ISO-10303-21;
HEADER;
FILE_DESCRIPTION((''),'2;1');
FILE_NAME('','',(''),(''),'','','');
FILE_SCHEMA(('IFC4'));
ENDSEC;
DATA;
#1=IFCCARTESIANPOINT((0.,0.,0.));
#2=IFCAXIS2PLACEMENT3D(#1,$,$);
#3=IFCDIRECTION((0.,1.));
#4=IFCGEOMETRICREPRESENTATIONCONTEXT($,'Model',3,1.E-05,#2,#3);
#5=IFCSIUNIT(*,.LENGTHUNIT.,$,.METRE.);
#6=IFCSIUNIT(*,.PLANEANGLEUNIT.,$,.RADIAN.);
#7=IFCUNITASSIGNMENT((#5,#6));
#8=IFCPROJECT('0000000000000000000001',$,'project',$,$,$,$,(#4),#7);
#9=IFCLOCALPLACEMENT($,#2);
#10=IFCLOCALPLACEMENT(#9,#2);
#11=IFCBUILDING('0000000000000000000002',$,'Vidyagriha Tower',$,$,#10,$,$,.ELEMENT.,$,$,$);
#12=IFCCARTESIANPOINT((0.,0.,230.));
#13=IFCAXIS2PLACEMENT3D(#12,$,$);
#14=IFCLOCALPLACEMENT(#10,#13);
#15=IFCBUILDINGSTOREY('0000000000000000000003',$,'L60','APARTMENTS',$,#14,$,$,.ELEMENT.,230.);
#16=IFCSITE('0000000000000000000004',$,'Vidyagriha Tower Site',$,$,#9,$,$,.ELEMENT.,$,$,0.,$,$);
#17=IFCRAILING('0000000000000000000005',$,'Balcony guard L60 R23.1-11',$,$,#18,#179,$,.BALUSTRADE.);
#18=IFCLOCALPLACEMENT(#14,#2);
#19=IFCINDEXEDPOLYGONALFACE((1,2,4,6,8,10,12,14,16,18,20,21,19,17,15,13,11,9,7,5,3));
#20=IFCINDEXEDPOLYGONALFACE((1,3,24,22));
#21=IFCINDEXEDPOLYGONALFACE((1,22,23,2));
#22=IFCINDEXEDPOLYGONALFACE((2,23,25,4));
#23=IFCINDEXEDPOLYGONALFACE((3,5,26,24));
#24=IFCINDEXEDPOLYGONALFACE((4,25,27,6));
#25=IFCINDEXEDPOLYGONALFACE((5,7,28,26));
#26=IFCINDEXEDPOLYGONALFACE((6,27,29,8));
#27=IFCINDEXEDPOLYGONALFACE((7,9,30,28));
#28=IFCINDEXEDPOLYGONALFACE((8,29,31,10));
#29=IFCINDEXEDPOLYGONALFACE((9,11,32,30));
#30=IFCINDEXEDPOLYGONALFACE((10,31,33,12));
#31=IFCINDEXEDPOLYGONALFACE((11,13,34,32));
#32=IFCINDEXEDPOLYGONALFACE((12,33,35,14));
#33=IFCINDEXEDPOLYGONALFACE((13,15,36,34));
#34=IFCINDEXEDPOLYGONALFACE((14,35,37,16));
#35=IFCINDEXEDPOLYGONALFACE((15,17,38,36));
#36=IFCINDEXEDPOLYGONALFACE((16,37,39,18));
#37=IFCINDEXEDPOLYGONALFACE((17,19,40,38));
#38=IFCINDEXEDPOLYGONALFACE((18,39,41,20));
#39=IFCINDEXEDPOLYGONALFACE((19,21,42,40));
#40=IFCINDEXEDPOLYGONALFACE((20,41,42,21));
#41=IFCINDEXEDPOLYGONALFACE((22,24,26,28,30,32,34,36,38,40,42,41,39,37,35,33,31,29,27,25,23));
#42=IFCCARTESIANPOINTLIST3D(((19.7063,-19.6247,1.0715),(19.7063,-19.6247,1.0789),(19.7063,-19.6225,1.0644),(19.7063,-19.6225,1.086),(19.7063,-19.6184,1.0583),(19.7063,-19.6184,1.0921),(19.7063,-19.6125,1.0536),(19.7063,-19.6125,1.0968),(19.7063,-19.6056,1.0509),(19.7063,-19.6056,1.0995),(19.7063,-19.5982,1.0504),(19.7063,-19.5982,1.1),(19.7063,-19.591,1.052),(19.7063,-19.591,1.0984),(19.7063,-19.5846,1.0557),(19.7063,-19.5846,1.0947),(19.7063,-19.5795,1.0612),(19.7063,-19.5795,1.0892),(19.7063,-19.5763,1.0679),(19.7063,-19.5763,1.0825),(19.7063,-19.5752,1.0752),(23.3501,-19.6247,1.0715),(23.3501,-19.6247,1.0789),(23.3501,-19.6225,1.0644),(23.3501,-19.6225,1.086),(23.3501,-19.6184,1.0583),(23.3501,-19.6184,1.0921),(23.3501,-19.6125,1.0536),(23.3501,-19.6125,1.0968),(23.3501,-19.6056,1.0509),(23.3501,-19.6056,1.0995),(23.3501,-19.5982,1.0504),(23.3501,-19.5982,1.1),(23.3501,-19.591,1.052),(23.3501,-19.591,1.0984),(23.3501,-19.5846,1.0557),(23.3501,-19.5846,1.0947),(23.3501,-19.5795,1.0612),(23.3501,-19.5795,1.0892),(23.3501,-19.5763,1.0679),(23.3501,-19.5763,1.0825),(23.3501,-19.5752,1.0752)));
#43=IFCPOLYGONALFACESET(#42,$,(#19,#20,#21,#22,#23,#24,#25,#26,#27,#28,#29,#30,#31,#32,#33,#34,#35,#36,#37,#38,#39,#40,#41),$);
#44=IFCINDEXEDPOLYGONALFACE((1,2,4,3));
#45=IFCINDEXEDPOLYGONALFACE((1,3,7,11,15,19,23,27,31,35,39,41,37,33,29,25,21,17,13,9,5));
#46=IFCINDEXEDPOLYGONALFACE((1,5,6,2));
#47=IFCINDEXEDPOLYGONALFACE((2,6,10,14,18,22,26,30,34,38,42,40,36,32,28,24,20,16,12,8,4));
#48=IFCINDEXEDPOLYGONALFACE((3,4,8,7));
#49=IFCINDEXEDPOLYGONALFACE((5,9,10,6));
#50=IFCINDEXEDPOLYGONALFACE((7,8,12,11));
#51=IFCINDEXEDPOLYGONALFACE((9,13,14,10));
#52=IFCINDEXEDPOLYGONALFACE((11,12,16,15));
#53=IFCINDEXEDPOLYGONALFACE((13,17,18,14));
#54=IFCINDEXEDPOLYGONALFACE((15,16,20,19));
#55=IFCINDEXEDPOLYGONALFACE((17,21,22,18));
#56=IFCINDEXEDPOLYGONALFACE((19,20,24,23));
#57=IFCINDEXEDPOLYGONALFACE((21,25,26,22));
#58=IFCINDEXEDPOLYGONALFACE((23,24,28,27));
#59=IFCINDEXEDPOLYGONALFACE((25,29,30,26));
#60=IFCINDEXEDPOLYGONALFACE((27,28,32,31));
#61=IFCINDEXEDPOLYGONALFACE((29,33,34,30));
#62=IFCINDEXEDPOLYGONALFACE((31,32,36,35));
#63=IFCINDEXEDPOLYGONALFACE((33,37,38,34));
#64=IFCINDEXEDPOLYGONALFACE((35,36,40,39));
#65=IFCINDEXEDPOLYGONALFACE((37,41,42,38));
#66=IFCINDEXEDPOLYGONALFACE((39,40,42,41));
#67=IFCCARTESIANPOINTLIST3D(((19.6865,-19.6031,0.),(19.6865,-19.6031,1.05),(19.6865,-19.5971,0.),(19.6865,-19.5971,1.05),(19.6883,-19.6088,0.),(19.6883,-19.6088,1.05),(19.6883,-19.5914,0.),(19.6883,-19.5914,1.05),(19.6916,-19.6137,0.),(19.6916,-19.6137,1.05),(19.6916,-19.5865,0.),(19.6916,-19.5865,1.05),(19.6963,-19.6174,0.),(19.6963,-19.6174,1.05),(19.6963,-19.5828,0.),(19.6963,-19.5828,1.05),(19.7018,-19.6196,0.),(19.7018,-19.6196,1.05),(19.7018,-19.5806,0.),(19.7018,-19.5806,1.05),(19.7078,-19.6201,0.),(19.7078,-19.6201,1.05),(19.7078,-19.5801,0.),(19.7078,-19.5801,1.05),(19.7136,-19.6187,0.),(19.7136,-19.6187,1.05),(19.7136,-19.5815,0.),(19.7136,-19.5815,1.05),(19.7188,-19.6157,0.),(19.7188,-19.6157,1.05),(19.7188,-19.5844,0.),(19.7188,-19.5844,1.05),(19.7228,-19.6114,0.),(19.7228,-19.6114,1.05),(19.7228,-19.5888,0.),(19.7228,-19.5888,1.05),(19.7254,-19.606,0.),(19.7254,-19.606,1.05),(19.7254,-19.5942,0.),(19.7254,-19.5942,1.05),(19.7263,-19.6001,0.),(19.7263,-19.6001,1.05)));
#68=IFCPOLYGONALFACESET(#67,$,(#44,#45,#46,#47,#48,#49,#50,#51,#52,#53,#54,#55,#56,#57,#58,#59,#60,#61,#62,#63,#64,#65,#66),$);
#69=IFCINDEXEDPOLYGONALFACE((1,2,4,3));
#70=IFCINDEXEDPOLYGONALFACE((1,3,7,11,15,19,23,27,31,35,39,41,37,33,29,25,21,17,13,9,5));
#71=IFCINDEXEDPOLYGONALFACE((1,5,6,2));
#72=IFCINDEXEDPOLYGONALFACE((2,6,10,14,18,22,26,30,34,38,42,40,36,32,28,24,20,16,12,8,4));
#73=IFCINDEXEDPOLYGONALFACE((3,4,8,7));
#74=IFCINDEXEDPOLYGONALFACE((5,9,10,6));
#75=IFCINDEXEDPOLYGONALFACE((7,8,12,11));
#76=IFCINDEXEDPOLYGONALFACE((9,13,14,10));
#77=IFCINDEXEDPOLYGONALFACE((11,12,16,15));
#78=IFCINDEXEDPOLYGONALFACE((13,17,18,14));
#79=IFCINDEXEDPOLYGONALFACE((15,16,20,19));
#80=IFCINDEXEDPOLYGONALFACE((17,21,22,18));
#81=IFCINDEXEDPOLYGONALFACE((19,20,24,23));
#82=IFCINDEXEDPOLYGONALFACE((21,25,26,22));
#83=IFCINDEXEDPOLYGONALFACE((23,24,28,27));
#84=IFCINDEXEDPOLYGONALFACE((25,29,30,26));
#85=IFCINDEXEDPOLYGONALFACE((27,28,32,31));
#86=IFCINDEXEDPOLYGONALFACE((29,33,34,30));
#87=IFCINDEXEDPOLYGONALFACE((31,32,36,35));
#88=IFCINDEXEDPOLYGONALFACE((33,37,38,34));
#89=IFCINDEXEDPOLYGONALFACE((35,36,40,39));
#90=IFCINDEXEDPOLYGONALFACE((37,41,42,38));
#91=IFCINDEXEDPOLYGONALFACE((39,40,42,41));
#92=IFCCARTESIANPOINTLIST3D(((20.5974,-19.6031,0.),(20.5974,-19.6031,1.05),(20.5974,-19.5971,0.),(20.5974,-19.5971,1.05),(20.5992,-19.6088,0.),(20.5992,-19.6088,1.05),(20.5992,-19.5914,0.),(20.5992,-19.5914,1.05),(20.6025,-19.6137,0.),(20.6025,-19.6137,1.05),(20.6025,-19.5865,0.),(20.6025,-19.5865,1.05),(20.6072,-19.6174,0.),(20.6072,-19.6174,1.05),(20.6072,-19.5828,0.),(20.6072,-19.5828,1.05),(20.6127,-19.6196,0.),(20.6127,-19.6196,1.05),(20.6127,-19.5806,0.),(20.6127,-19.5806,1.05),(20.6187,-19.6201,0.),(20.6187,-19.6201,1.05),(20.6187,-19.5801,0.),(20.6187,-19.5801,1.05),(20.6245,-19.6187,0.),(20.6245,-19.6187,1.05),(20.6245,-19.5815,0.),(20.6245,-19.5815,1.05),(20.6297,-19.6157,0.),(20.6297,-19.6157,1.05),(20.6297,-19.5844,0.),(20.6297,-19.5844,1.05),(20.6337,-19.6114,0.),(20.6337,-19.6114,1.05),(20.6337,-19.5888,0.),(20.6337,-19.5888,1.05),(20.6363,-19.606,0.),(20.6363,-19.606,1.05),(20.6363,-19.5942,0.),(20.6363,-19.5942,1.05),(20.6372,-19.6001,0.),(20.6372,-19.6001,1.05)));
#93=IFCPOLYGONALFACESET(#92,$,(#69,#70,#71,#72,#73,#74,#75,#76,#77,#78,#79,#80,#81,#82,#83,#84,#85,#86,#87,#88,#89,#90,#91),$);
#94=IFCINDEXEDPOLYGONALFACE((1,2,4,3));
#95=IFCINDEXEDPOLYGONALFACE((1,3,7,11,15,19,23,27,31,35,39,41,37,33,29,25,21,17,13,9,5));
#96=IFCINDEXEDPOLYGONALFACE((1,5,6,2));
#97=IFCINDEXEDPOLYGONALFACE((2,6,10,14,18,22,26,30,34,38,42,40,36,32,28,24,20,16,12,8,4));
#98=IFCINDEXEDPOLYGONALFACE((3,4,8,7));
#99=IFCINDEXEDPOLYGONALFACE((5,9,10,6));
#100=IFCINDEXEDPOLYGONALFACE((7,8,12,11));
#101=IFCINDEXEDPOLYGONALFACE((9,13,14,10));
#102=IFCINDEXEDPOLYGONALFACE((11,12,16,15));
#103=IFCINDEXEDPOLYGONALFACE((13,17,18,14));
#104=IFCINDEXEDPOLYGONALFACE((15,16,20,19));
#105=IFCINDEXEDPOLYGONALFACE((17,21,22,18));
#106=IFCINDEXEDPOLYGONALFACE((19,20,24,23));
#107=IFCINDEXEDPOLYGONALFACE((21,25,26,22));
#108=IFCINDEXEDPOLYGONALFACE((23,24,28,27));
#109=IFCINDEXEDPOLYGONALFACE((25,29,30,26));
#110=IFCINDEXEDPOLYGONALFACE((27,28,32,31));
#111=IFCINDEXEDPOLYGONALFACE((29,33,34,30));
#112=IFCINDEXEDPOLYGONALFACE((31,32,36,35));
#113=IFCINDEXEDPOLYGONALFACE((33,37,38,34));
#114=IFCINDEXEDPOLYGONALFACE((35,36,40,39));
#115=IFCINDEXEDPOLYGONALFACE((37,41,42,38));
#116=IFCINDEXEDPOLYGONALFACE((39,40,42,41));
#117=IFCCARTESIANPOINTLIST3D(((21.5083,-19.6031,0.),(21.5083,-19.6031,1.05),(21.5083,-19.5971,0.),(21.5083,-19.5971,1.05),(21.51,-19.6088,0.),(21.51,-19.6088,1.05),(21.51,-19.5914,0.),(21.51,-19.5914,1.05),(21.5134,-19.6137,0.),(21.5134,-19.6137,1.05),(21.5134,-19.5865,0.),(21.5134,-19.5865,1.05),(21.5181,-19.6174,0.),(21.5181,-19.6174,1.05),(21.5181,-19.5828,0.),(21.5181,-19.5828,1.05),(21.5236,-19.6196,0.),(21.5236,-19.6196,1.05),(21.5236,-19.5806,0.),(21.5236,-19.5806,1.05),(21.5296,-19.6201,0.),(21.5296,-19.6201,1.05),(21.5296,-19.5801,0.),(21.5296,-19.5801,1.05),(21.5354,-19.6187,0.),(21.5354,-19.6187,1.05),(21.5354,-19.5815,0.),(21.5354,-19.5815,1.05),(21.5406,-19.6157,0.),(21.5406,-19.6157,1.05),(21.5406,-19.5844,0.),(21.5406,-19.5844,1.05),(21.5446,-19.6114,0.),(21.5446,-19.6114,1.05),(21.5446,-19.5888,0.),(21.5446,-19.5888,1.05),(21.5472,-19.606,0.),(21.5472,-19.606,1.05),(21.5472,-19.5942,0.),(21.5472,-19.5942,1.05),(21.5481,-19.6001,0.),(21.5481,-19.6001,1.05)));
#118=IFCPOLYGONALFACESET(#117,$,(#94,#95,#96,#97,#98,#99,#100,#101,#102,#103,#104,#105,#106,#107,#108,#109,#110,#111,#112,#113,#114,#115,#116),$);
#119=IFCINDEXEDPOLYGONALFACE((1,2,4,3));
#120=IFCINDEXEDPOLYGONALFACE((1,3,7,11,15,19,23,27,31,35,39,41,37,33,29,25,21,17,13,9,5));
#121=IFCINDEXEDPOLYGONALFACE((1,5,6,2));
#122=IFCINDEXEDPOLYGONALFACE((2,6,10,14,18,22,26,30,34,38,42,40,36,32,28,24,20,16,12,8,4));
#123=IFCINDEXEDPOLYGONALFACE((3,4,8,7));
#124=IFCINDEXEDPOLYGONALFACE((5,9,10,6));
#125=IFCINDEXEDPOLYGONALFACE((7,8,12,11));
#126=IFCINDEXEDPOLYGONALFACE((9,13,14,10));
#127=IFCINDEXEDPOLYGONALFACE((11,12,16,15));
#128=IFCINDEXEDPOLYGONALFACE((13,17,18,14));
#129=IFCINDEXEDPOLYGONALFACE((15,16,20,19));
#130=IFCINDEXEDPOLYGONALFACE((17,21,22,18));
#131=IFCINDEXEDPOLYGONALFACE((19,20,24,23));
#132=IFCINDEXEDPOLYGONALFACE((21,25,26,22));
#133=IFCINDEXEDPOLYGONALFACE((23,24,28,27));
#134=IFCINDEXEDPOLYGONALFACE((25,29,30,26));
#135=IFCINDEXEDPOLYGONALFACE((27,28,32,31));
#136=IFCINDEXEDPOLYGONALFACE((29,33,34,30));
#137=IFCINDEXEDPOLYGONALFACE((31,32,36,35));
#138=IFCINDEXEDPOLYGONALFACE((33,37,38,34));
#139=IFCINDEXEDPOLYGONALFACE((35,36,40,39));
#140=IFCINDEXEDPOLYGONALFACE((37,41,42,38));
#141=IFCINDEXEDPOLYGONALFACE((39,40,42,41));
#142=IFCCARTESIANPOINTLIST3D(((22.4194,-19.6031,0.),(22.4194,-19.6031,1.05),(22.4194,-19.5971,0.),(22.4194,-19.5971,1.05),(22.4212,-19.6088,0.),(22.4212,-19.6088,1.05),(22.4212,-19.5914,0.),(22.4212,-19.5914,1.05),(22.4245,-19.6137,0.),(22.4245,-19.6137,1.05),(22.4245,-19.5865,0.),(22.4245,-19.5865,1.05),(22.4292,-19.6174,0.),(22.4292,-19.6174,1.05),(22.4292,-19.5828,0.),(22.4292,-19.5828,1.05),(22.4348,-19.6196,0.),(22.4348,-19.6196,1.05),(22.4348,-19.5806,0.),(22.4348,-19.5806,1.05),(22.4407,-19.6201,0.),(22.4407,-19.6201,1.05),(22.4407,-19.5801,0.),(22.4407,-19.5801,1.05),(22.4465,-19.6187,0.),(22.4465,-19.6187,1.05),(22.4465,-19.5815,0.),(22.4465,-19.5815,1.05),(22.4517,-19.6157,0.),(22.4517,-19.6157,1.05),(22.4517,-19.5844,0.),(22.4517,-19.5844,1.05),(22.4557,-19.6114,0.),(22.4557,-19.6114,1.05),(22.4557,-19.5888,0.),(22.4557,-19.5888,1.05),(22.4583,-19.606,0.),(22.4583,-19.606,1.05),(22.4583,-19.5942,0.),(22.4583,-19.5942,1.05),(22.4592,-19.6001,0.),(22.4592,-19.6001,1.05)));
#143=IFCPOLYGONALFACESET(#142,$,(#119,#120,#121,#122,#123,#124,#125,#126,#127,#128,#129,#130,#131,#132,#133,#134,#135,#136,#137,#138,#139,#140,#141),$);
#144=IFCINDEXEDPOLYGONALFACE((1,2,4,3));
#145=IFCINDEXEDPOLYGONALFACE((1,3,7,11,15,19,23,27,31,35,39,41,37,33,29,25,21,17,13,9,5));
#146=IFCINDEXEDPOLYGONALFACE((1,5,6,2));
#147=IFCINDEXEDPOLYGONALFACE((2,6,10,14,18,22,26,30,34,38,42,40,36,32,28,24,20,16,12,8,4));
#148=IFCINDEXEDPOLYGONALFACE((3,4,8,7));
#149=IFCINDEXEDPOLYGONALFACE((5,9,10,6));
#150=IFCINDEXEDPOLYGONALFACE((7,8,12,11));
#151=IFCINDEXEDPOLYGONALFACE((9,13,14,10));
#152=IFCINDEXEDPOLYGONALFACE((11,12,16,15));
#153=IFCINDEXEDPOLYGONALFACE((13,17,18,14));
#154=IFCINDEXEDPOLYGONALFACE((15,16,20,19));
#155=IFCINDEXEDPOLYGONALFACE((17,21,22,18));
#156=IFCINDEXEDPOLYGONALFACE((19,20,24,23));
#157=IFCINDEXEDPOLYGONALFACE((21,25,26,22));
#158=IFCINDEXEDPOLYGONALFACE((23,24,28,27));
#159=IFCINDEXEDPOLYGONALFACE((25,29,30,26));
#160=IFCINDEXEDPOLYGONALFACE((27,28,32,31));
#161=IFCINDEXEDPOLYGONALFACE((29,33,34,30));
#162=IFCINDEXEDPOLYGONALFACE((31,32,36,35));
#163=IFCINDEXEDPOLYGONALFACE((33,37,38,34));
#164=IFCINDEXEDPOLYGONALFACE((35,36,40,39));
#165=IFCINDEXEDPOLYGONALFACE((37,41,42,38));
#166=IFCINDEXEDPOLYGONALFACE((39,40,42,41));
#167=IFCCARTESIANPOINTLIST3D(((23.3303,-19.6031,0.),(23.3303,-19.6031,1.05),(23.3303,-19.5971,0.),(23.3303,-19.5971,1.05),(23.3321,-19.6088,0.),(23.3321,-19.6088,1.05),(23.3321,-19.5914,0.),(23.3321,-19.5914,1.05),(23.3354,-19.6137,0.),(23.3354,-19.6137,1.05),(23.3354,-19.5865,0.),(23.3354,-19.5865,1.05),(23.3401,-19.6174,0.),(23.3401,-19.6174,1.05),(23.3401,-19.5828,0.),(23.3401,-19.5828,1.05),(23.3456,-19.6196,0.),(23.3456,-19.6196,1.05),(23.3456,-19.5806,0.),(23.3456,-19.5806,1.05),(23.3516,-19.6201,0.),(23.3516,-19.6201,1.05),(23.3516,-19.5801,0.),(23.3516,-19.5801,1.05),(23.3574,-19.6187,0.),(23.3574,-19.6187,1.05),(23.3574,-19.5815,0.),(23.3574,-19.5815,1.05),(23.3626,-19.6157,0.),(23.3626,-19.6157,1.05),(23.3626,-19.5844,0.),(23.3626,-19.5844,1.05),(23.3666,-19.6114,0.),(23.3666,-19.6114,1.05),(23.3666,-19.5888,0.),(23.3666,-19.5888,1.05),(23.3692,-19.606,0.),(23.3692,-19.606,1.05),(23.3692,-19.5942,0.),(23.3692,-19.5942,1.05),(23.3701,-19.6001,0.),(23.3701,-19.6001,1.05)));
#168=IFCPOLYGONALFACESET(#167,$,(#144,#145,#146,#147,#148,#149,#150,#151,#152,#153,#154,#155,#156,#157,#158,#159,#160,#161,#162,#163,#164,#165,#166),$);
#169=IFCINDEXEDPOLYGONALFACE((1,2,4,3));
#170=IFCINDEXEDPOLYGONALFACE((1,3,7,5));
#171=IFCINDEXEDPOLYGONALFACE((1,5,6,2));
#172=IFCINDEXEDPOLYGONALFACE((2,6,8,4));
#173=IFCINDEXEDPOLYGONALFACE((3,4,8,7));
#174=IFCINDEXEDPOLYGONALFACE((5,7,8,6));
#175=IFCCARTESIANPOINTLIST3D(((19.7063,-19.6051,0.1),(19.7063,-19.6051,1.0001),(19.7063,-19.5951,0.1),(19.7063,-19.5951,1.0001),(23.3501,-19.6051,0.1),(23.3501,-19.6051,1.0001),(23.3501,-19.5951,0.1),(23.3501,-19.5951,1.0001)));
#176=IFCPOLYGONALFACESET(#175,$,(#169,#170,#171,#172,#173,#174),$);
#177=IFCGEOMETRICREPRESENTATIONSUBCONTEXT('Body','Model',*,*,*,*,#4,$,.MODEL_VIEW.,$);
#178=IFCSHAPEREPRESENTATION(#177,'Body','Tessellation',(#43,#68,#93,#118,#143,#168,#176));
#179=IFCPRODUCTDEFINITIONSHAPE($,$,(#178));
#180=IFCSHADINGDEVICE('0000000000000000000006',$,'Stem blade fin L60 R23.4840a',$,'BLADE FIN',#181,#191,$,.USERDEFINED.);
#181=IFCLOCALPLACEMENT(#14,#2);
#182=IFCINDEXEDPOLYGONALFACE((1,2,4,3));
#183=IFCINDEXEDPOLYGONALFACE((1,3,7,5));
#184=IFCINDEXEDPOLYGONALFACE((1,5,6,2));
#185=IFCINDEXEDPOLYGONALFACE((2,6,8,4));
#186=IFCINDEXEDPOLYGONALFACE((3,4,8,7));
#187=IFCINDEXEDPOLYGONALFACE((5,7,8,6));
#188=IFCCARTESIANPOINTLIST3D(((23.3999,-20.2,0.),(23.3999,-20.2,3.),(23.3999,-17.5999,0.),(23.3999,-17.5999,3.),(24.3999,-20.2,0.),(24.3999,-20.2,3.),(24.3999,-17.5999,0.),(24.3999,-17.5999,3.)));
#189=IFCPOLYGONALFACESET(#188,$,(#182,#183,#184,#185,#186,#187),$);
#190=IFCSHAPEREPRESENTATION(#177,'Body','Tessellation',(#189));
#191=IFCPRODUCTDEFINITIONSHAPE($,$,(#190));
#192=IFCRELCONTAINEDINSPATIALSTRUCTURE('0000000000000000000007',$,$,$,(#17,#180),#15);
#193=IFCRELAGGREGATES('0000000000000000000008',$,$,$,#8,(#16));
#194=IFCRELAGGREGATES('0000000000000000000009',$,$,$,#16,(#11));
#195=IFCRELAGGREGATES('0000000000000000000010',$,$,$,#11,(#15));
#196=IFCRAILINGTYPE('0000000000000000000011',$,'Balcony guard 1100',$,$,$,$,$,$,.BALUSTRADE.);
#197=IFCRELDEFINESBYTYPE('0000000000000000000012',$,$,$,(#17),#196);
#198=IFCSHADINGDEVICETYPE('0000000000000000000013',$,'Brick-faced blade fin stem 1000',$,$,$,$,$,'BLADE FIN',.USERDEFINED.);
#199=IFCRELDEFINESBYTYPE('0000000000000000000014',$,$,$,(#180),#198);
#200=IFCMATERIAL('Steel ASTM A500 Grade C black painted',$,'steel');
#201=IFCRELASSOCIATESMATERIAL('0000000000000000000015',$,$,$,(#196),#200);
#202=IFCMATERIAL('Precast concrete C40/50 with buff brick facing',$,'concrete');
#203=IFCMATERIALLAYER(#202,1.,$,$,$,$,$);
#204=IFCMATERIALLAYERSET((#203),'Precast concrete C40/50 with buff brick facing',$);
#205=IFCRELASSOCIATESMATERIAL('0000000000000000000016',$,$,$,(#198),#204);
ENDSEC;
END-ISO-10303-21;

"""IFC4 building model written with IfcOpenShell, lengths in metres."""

from ifc_helpers import new_model, si_unit, direction, frame, origin, origin_2d, place, context, subcontext, project, spatial, polyline, rectangle, circle, outline, extrude, material, layer, layer_set, type_object, element, save


model = new_model("IFC4")

# Units and contexts
model_context = context("Model", 3, precision=1e-05, world=origin(), true_north=direction((0.0, 1.0)))
body_context = subcontext(model_context, "Body", "Model", "MODEL_VIEW")
ifc_project = project(units=[si_unit("LENGTHUNIT", "METRE"), si_unit("PLANEANGLEUNIT", "RADIAN")], contexts=[model_context])

# Site, building, storey
site_placement = place(None, origin())
site = spatial("IfcSite", under=ifc_project, at=site_placement, Name="Vidyagriha Tower Site", CompositionType="ELEMENT", RefElevation=0.0)
building_placement = place(site_placement, origin())
building = spatial("IfcBuilding", under=site, at=building_placement, Name="Vidyagriha Tower", CompositionType="ELEMENT")
storey_placement = place(building_placement, frame((0.0, 0.0, 230.0)))
storey = spatial("IfcBuildingStorey", under=building, at=storey_placement, Name="L60", Description="APARTMENTS", CompositionType="ELEMENT", Elevation=230.0)

# Railing
ifc_material_1 = material(Name="Steel ASTM A500 Grade C black painted", Category="steel")
railing_type_1 = type_object("IfcRailingType", Name="Balcony guard 1100", PredefinedType="BALUSTRADE", material=ifc_material_1)
railing_1_placement = place(storey_placement, frame((19.7063, -19.6001, 0.0)))
element("IfcRailing", 1, at=railing_1_placement, inside=storey, type_object=railing_type_1, Name="Balcony guard L60 R23.1-11", PredefinedType="BALUSTRADE", context=body_context, shape_type="SweptSolid", body=[
    extrude(circle(Radius=0.0249, at=origin_2d()), frame((0.0, 0.0, 1.0752), z_axis=(1.0, 0.0, 0.0), x_axis=(0.0, 1.0, 0.0)), (0.0, 0.0, 1.0), 3.6438),
    extrude(circle(Radius=0.02, at=origin_2d()), origin(), (0.0, 0.0, 1.0), 1.05),
    extrude(circle(Radius=0.02, at=origin_2d()), frame((0.9109, 0.0, 0.0)), (0.0, 0.0, 1.0), 1.05),
    extrude(circle(Radius=0.02, at=origin_2d()), frame((1.8218, 0.0, 0.0)), (0.0, 0.0, 1.0), 1.05),
    extrude(circle(Radius=0.02, at=origin_2d()), frame((2.7329, 0.0, 0.0)), (0.0, 0.0, 1.0), 1.05),
    extrude(circle(Radius=0.02, at=origin_2d()), frame((3.6438, 0.0, 0.0)), (0.0, 0.0, 1.0), 1.05),
    extrude(rectangle(XDim=0.01, YDim=0.9001, at=origin_2d()), frame((0.0, 0.0, 0.55), z_axis=(1.0, 0.0, 0.0), x_axis=(0.0, 1.0, 0.0)), (0.0, 0.0, 1.0), 3.6438),
])

# Shading device
ifc_material_2 = material(Name="Precast concrete C40/50 with buff brick facing", Category="concrete")
ifc_layer_1 = layer(ifc_material_2, 1.0)
ifc_layer_set_1 = layer_set([ifc_layer_1], Name="Precast concrete C40/50 with buff brick facing")
shading_device_type = type_object("IfcShadingDeviceType", Name="Brick-faced blade fin stem 1000", ElementType="BLADE FIN", PredefinedType="USERDEFINED", material=ifc_layer_set_1)
shading_device_placement = place(storey_placement, frame((23.3999, -18.8999, 0.0)))
element("IfcShadingDevice", 2, at=shading_device_placement, inside=storey, type_object=shading_device_type, Name="Stem blade fin L60 R23.4840a", ObjectType="BLADE FIN", PredefinedType="USERDEFINED", context=body_context, shape_type="SweptSolid", body=[
    extrude(outline(polyline([(0.0, 0.0), (1.0, 0.0), (1.0, 3.0), (0.0, 3.0), (0.0, 0.0)])), frame((0.0, 1.3, 0.0), z_axis=(0.0, -1.0, 0.0), x_axis=(1.0, 0.0, 0.0)), (0.0, 0.0, 1.0), 2.6001),
])

save(model, "model.ifc")
